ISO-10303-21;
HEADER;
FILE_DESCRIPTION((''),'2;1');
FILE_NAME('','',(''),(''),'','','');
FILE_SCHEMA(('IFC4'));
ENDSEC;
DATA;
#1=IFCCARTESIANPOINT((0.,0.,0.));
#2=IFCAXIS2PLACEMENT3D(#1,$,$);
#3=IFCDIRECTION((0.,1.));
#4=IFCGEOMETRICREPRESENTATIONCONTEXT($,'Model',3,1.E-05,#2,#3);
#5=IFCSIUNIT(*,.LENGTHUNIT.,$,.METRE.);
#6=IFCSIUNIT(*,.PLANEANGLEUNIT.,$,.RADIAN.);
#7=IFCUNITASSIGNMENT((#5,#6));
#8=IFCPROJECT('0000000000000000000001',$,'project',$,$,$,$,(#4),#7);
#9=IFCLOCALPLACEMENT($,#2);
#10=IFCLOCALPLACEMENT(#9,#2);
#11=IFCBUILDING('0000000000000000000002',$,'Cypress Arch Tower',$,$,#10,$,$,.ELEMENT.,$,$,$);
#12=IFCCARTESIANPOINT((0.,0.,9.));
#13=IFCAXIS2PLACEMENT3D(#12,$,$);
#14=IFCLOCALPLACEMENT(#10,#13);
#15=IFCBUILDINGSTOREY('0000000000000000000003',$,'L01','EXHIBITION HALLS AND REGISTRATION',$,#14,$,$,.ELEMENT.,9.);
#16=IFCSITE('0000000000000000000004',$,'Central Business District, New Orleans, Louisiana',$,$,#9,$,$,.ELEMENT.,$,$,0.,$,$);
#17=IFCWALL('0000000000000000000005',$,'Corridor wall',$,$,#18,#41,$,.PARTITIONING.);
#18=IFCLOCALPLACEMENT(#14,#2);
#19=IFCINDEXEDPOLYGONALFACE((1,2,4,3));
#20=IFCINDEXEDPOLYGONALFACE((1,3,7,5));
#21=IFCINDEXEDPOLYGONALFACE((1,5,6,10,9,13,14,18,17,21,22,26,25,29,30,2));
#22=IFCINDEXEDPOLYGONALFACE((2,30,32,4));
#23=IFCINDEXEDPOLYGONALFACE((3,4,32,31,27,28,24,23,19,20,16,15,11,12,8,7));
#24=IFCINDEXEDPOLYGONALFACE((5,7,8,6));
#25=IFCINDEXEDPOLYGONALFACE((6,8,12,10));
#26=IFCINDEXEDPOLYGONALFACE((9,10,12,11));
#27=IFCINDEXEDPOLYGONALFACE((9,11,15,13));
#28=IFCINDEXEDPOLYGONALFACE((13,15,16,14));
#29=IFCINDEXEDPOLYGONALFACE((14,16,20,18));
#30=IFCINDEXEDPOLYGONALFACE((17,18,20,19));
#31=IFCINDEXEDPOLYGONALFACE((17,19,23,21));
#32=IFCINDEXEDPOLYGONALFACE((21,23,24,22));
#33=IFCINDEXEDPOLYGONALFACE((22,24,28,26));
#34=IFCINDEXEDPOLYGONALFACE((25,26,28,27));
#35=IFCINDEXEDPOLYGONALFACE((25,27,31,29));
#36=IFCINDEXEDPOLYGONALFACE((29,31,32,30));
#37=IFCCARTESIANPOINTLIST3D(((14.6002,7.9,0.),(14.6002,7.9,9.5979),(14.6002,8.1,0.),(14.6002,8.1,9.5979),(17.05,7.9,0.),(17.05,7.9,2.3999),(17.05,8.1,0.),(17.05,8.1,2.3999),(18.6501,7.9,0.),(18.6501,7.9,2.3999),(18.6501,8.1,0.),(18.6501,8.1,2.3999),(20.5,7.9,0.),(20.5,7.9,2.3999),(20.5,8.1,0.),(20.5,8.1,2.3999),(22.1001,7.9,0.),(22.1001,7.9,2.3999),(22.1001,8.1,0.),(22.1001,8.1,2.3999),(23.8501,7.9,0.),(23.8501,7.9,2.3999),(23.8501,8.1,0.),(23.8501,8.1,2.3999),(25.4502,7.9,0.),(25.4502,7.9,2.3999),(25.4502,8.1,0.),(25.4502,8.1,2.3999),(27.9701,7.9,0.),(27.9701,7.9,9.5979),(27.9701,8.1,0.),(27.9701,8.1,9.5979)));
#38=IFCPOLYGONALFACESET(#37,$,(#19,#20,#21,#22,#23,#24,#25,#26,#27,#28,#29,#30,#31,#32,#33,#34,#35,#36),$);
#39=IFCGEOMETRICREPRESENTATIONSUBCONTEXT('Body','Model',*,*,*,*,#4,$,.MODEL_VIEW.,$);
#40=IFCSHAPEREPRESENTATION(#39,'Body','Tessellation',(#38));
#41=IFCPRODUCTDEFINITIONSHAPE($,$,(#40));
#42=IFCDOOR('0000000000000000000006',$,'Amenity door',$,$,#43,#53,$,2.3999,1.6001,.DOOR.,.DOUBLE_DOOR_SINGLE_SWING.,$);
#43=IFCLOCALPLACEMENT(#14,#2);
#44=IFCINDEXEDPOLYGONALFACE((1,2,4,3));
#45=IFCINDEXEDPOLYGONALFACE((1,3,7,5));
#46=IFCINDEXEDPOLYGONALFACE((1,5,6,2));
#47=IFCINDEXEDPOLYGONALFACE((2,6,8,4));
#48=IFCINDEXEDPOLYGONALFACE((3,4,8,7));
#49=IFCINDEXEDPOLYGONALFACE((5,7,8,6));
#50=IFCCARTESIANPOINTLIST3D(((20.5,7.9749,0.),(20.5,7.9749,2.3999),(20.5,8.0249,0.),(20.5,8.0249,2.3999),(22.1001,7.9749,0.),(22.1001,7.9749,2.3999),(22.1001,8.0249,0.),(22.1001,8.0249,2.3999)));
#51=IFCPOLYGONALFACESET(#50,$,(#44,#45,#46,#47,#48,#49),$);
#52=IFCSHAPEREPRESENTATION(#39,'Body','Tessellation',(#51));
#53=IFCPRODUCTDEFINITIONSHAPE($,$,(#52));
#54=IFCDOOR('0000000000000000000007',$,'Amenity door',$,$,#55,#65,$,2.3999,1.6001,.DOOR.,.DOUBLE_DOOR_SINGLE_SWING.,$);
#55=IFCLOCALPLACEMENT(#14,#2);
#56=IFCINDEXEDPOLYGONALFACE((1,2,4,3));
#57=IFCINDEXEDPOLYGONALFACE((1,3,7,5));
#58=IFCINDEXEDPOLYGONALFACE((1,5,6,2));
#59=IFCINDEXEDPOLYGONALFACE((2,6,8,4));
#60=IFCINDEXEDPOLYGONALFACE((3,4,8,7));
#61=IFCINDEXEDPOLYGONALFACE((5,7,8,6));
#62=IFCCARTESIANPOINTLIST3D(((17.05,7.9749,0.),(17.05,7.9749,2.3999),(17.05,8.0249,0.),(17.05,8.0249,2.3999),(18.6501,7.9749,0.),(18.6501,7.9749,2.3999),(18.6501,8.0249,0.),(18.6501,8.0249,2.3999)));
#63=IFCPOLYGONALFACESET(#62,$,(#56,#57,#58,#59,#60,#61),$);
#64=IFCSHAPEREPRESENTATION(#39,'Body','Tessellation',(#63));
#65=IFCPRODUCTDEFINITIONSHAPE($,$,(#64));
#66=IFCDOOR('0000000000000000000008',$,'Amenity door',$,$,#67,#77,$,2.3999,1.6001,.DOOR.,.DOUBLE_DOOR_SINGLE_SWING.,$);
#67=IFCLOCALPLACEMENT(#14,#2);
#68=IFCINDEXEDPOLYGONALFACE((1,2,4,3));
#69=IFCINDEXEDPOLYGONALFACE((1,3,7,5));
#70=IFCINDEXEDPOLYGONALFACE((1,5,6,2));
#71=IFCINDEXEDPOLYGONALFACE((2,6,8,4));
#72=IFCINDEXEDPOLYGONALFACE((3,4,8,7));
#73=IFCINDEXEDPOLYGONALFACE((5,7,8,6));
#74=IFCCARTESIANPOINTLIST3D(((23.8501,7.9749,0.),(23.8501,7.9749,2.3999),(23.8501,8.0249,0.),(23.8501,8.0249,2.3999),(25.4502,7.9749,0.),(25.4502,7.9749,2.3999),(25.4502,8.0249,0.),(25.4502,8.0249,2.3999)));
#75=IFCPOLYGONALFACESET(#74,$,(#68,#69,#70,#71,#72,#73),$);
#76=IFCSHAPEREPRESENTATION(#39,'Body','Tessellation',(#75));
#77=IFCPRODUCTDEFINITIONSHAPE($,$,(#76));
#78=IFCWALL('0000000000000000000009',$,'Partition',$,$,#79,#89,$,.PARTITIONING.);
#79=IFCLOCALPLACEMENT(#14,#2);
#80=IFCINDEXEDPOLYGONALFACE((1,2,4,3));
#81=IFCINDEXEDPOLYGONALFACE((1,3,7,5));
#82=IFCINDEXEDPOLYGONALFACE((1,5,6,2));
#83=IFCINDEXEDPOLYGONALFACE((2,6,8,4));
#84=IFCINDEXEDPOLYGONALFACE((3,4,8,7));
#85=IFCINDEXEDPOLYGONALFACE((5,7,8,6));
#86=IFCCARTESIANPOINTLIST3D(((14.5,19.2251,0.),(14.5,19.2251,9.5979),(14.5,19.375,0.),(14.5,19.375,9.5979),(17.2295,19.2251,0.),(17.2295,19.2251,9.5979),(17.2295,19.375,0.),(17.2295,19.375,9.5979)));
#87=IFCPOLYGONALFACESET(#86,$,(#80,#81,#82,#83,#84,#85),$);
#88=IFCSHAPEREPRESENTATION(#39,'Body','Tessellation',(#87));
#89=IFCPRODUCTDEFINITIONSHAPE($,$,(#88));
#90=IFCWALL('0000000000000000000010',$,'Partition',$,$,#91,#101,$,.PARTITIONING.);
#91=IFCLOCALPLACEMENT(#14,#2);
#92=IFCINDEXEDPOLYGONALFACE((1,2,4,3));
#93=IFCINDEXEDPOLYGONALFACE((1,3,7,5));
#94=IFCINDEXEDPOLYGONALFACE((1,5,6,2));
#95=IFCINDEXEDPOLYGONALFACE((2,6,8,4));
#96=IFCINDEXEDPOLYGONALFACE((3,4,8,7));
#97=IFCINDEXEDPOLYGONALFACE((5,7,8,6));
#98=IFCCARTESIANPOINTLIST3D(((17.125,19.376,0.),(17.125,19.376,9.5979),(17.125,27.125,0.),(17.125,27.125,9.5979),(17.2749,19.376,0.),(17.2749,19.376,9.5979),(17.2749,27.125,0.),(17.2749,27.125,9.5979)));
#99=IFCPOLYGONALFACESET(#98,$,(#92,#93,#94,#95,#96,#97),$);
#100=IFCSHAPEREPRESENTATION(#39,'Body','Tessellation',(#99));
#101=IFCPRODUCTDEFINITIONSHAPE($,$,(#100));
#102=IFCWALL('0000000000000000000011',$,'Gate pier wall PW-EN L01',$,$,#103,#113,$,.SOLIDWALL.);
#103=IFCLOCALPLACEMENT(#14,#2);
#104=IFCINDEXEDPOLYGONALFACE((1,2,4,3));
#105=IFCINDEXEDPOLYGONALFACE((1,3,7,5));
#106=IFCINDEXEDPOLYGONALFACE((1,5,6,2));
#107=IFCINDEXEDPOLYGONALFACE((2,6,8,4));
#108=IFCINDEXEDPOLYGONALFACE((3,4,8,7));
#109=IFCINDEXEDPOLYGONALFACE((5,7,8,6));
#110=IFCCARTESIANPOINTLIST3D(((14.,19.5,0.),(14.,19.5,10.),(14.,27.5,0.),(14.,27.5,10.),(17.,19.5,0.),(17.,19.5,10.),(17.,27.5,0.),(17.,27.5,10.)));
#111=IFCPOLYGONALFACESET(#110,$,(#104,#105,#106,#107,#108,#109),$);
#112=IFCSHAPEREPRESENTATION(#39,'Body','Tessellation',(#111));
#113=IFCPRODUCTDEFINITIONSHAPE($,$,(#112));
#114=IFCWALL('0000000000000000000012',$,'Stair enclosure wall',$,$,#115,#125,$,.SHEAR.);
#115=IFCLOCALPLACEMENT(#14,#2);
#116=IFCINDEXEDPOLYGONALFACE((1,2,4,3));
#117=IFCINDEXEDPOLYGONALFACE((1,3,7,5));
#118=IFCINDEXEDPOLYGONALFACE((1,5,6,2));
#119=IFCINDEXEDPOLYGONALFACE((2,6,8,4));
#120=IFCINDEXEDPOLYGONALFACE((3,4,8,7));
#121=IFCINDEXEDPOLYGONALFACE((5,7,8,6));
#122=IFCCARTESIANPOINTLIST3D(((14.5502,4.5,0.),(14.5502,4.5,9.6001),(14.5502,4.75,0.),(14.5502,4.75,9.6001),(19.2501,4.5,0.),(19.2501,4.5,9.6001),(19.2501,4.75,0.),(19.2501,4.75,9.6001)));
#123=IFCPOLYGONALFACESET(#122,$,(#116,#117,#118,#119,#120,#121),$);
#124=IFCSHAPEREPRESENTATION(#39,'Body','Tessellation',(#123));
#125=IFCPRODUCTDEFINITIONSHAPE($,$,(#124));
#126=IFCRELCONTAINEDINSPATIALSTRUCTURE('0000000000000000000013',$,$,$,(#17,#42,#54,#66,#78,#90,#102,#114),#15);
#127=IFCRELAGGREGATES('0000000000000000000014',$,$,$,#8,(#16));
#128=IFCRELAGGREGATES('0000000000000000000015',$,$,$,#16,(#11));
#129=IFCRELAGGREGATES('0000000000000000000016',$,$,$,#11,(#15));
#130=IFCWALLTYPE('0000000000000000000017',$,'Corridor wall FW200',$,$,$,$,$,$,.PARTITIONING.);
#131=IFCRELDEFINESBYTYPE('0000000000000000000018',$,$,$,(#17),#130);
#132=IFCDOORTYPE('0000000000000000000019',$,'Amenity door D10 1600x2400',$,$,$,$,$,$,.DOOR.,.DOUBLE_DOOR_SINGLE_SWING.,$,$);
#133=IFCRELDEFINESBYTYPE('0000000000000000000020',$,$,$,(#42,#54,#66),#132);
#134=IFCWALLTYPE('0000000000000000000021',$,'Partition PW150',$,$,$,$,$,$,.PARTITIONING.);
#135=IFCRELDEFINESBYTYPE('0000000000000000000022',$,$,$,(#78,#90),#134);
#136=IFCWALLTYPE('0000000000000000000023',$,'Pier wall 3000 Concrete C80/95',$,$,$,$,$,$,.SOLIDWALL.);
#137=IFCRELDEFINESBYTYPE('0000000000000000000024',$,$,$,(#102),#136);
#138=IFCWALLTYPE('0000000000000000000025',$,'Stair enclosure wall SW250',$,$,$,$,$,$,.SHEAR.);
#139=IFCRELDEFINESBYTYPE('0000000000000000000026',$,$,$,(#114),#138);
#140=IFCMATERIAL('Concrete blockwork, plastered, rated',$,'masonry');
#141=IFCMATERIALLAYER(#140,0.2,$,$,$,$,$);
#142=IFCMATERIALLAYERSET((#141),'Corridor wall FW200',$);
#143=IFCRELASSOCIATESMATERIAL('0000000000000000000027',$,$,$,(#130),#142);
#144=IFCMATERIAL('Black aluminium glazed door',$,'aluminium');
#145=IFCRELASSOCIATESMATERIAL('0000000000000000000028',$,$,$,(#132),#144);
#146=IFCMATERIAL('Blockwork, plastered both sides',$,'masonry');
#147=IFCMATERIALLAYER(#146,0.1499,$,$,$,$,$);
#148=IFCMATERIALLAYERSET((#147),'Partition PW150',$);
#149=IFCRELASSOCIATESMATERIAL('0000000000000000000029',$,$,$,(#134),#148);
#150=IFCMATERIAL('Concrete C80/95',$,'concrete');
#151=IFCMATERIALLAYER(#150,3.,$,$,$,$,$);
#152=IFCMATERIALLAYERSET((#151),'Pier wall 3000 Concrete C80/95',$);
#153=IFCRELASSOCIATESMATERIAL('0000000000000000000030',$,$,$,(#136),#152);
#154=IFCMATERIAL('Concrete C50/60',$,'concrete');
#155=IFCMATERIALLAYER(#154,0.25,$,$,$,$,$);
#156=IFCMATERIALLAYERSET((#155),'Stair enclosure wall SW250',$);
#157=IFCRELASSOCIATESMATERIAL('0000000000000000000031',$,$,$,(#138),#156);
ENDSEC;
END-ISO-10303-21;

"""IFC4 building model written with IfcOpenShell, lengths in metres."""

from ifc_helpers import new_model, si_unit, direction, frame, frame_2d, origin, place, context, subcontext, project, spatial, rectangle, extrude, material, layer, layer_set, type_object, element, fill, save


model = new_model("IFC4")

# Units and contexts
model_context = context("Model", 3, precision=1e-05, world=origin(), true_north=direction((0.0, 1.0)))
body_context = subcontext(model_context, "Body", "Model", "MODEL_VIEW")
ifc_project = project(units=[si_unit("LENGTHUNIT", "METRE"), si_unit("PLANEANGLEUNIT", "RADIAN")], contexts=[model_context])

# Site, building, storey
site_placement = place(None, origin())
site = spatial("IfcSite", under=ifc_project, at=site_placement, Name="Central Business District, New Orleans, Louisiana", CompositionType="ELEMENT", RefElevation=0.0)
building_placement = place(site_placement, origin())
building = spatial("IfcBuilding", under=site, at=building_placement, Name="Cypress Arch Tower", CompositionType="ELEMENT")
storey_placement = place(building_placement, frame((0.0, 0.0, 9.0)))
storey = spatial("IfcBuildingStorey", under=building, at=storey_placement, Name="L01", Description="EXHIBITION HALLS AND REGISTRATION", CompositionType="ELEMENT", Elevation=9.0)

# Wall, openings, doors
ifc_material_1 = material(Name="Concrete blockwork, plastered, rated", Category="masonry")
ifc_layer_1 = layer(ifc_material_1, 0.2)
ifc_layer_set_1 = layer_set([ifc_layer_1], Name="Corridor wall FW200")
wall_type_1 = type_object("IfcWallType", Name="Corridor wall FW200", PredefinedType="PARTITIONING", material=ifc_layer_set_1)
wall_1_placement = place(storey_placement, frame((14.6001, 8.0, 0.0), z_axis=(0.0, 0.0, 1.0), x_axis=(1.0, 0.0, 0.0)))
wall_1 = element("IfcWall", 1, at=wall_1_placement, inside=storey, type_object=wall_type_1, Name="Corridor wall", PredefinedType="PARTITIONING", context=body_context, shape_type="SweptSolid", body=[
    extrude(rectangle(XDim=13.3699, YDim=0.2, at=frame_2d((6.6851, 0.0))), origin(), (0.0, 0.0, 1.0), 9.5979),
])
opening_1_placement = place(wall_1_placement, frame((5.8999, 0.0, 0.0)))
opening_1 = element("IfcOpeningElement", 2, at=opening_1_placement, cuts=wall_1, PredefinedType="OPENING", context=body_context, shape_type="SweptSolid", body=[
    extrude(rectangle(XDim=1.6001, YDim=2.3999, at=frame_2d((0.8, 1.2))), frame((0.0, 0.1099, 0.0), z_axis=(0.0, -1.0, 0.0), x_axis=(1.0, 0.0, 0.0)), (0.0, 0.0, 1.0), 0.22),
])
opening_2_placement = place(wall_1_placement, frame((2.45, 0.0, 0.0)))
opening_2 = element("IfcOpeningElement", 3, at=opening_2_placement, cuts=wall_1, PredefinedType="OPENING", context=body_context, shape_type="SweptSolid", body=[
    extrude(rectangle(XDim=1.6001, YDim=2.3999, at=frame_2d((0.8, 1.2))), frame((0.0, 0.1099, 0.0), z_axis=(0.0, -1.0, 0.0), x_axis=(1.0, 0.0, 0.0)), (0.0, 0.0, 1.0), 0.22),
])
opening_3_placement = place(wall_1_placement, frame((9.25, 0.0, 0.0)))
opening_3 = element("IfcOpeningElement", 4, at=opening_3_placement, cuts=wall_1, PredefinedType="OPENING", context=body_context, shape_type="SweptSolid", body=[
    extrude(rectangle(XDim=1.6001, YDim=2.3999, at=frame_2d((0.8, 1.2))), frame((0.0, 0.1099, 0.0), z_axis=(0.0, -1.0, 0.0), x_axis=(1.0, 0.0, 0.0)), (0.0, 0.0, 1.0), 0.22),
])
ifc_material_2 = material(Name="Black aluminium glazed door", Category="aluminium")
door_type = type_object("IfcDoorType", Name="Amenity door D10 1600x2400", OperationType="DOUBLE_DOOR_SINGLE_SWING", PredefinedType="DOOR", material=ifc_material_2)
door_1_placement = place(opening_1_placement, origin())
door_1 = element("IfcDoor", 5, at=door_1_placement, inside=storey, type_object=door_type, Name="Amenity door", OperationType="DOUBLE_DOOR_SINGLE_SWING", OverallHeight=2.3999, OverallWidth=1.6001, PredefinedType="DOOR", context=body_context, shape_type="SweptSolid", body=[
    extrude(rectangle(XDim=1.6001, YDim=2.3999, at=frame_2d((0.8, 1.2))), frame((0.0, 0.0249, 0.0), z_axis=(0.0, -1.0, 0.0), x_axis=(1.0, 0.0, 0.0)), (0.0, 0.0, 1.0), 0.05),
])
fill(opening_1, door_1)
door_2_placement = place(opening_2_placement, origin())
door_2 = element("IfcDoor", 6, at=door_2_placement, inside=storey, type_object=door_type, Name="Amenity door", OperationType="DOUBLE_DOOR_SINGLE_SWING", OverallHeight=2.3999, OverallWidth=1.6001, PredefinedType="DOOR", context=body_context, shape_type="SweptSolid", body=[
    extrude(rectangle(XDim=1.6001, YDim=2.3999, at=frame_2d((0.8, 1.2))), frame((0.0, 0.0249, 0.0), z_axis=(0.0, -1.0, 0.0), x_axis=(1.0, 0.0, 0.0)), (0.0, 0.0, 1.0), 0.05),
])
fill(opening_2, door_2)
door_3_placement = place(opening_3_placement, origin())
door_3 = element("IfcDoor", 7, at=door_3_placement, inside=storey, type_object=door_type, Name="Amenity door", OperationType="DOUBLE_DOOR_SINGLE_SWING", OverallHeight=2.3999, OverallWidth=1.6001, PredefinedType="DOOR", context=body_context, shape_type="SweptSolid", body=[
    extrude(rectangle(XDim=1.6001, YDim=2.3999, at=frame_2d((0.8, 1.2))), frame((0.0, 0.0249, 0.0), z_axis=(0.0, -1.0, 0.0), x_axis=(1.0, 0.0, 0.0)), (0.0, 0.0, 1.0), 0.05),
])
fill(opening_3, door_3)

# Walls
ifc_material_3 = material(Name="Blockwork, plastered both sides", Category="masonry")
ifc_layer_2 = layer(ifc_material_3, 0.1499)
ifc_layer_set_2 = layer_set([ifc_layer_2], Name="Partition PW150")
wall_type_2 = type_object("IfcWallType", Name="Partition PW150", PredefinedType="PARTITIONING", material=ifc_layer_set_2)
wall_2_placement = place(storey_placement, frame((14.5, 19.3, 0.0), z_axis=(0.0, 0.0, 1.0), x_axis=(1.0, 0.0, 0.0)))
element("IfcWall", 8, at=wall_2_placement, inside=storey, type_object=wall_type_2, Name="Partition", PredefinedType="PARTITIONING", context=body_context, shape_type="SweptSolid", body=[
    extrude(rectangle(XDim=2.7295, YDim=0.1499, at=frame_2d((1.3647, 0.0))), origin(), (0.0, 0.0, 1.0), 9.5979),
])
wall_3_placement = place(storey_placement, frame((17.2, 19.376, 0.0), z_axis=(0.0, 0.0, 1.0), x_axis=(0.0, 1.0, 0.0)))
element("IfcWall", 9, at=wall_3_placement, inside=storey, type_object=wall_type_2, Name="Partition", PredefinedType="PARTITIONING", context=body_context, shape_type="SweptSolid", body=[
    extrude(rectangle(XDim=7.749, YDim=0.1499, at=frame_2d((3.8745, 0.0))), origin(), (0.0, 0.0, 1.0), 9.5979),
])
ifc_material_4 = material(Name="Concrete C80/95", Category="concrete")
ifc_layer_3 = layer(ifc_material_4, 3.0)
ifc_layer_set_3 = layer_set([ifc_layer_3], Name="Pier wall 3000 Concrete C80/95")
wall_type_3 = type_object("IfcWallType", Name="Pier wall 3000 Concrete C80/95", PredefinedType="SOLIDWALL", material=ifc_layer_set_3)
wall_4_placement = place(storey_placement, frame((15.5, 19.5, 0.0), z_axis=(0.0, 0.0, 1.0), x_axis=(0.0, 1.0, 0.0)))
element("IfcWall", 10, at=wall_4_placement, inside=storey, type_object=wall_type_3, Name="Gate pier wall PW-EN L01", PredefinedType="SOLIDWALL", context=body_context, shape_type="SweptSolid", body=[
    extrude(rectangle(XDim=8.0, YDim=3.0, at=frame_2d((4.0, 0.0))), origin(), (0.0, 0.0, 1.0), 10.0),
])
ifc_material_5 = material(Name="Concrete C50/60", Category="concrete")
ifc_layer_4 = layer(ifc_material_5, 0.25)
ifc_layer_set_4 = layer_set([ifc_layer_4], Name="Stair enclosure wall SW250")
wall_type_4 = type_object("IfcWallType", Name="Stair enclosure wall SW250", PredefinedType="SHEAR", material=ifc_layer_set_4)
wall_5_placement = place(storey_placement, frame((14.55, 4.625, 0.0), z_axis=(0.0, 0.0, 1.0), x_axis=(1.0, 0.0, 0.0)))
element("IfcWall", 11, at=wall_5_placement, inside=storey, type_object=wall_type_4, Name="Stair enclosure wall", PredefinedType="SHEAR", context=body_context, shape_type="SweptSolid", body=[
    extrude(rectangle(XDim=4.7, YDim=0.25, at=frame_2d((2.3501, 0.0))), origin(), (0.0, 0.0, 1.0), 9.6001),
])

save(model, "model.ifc")
